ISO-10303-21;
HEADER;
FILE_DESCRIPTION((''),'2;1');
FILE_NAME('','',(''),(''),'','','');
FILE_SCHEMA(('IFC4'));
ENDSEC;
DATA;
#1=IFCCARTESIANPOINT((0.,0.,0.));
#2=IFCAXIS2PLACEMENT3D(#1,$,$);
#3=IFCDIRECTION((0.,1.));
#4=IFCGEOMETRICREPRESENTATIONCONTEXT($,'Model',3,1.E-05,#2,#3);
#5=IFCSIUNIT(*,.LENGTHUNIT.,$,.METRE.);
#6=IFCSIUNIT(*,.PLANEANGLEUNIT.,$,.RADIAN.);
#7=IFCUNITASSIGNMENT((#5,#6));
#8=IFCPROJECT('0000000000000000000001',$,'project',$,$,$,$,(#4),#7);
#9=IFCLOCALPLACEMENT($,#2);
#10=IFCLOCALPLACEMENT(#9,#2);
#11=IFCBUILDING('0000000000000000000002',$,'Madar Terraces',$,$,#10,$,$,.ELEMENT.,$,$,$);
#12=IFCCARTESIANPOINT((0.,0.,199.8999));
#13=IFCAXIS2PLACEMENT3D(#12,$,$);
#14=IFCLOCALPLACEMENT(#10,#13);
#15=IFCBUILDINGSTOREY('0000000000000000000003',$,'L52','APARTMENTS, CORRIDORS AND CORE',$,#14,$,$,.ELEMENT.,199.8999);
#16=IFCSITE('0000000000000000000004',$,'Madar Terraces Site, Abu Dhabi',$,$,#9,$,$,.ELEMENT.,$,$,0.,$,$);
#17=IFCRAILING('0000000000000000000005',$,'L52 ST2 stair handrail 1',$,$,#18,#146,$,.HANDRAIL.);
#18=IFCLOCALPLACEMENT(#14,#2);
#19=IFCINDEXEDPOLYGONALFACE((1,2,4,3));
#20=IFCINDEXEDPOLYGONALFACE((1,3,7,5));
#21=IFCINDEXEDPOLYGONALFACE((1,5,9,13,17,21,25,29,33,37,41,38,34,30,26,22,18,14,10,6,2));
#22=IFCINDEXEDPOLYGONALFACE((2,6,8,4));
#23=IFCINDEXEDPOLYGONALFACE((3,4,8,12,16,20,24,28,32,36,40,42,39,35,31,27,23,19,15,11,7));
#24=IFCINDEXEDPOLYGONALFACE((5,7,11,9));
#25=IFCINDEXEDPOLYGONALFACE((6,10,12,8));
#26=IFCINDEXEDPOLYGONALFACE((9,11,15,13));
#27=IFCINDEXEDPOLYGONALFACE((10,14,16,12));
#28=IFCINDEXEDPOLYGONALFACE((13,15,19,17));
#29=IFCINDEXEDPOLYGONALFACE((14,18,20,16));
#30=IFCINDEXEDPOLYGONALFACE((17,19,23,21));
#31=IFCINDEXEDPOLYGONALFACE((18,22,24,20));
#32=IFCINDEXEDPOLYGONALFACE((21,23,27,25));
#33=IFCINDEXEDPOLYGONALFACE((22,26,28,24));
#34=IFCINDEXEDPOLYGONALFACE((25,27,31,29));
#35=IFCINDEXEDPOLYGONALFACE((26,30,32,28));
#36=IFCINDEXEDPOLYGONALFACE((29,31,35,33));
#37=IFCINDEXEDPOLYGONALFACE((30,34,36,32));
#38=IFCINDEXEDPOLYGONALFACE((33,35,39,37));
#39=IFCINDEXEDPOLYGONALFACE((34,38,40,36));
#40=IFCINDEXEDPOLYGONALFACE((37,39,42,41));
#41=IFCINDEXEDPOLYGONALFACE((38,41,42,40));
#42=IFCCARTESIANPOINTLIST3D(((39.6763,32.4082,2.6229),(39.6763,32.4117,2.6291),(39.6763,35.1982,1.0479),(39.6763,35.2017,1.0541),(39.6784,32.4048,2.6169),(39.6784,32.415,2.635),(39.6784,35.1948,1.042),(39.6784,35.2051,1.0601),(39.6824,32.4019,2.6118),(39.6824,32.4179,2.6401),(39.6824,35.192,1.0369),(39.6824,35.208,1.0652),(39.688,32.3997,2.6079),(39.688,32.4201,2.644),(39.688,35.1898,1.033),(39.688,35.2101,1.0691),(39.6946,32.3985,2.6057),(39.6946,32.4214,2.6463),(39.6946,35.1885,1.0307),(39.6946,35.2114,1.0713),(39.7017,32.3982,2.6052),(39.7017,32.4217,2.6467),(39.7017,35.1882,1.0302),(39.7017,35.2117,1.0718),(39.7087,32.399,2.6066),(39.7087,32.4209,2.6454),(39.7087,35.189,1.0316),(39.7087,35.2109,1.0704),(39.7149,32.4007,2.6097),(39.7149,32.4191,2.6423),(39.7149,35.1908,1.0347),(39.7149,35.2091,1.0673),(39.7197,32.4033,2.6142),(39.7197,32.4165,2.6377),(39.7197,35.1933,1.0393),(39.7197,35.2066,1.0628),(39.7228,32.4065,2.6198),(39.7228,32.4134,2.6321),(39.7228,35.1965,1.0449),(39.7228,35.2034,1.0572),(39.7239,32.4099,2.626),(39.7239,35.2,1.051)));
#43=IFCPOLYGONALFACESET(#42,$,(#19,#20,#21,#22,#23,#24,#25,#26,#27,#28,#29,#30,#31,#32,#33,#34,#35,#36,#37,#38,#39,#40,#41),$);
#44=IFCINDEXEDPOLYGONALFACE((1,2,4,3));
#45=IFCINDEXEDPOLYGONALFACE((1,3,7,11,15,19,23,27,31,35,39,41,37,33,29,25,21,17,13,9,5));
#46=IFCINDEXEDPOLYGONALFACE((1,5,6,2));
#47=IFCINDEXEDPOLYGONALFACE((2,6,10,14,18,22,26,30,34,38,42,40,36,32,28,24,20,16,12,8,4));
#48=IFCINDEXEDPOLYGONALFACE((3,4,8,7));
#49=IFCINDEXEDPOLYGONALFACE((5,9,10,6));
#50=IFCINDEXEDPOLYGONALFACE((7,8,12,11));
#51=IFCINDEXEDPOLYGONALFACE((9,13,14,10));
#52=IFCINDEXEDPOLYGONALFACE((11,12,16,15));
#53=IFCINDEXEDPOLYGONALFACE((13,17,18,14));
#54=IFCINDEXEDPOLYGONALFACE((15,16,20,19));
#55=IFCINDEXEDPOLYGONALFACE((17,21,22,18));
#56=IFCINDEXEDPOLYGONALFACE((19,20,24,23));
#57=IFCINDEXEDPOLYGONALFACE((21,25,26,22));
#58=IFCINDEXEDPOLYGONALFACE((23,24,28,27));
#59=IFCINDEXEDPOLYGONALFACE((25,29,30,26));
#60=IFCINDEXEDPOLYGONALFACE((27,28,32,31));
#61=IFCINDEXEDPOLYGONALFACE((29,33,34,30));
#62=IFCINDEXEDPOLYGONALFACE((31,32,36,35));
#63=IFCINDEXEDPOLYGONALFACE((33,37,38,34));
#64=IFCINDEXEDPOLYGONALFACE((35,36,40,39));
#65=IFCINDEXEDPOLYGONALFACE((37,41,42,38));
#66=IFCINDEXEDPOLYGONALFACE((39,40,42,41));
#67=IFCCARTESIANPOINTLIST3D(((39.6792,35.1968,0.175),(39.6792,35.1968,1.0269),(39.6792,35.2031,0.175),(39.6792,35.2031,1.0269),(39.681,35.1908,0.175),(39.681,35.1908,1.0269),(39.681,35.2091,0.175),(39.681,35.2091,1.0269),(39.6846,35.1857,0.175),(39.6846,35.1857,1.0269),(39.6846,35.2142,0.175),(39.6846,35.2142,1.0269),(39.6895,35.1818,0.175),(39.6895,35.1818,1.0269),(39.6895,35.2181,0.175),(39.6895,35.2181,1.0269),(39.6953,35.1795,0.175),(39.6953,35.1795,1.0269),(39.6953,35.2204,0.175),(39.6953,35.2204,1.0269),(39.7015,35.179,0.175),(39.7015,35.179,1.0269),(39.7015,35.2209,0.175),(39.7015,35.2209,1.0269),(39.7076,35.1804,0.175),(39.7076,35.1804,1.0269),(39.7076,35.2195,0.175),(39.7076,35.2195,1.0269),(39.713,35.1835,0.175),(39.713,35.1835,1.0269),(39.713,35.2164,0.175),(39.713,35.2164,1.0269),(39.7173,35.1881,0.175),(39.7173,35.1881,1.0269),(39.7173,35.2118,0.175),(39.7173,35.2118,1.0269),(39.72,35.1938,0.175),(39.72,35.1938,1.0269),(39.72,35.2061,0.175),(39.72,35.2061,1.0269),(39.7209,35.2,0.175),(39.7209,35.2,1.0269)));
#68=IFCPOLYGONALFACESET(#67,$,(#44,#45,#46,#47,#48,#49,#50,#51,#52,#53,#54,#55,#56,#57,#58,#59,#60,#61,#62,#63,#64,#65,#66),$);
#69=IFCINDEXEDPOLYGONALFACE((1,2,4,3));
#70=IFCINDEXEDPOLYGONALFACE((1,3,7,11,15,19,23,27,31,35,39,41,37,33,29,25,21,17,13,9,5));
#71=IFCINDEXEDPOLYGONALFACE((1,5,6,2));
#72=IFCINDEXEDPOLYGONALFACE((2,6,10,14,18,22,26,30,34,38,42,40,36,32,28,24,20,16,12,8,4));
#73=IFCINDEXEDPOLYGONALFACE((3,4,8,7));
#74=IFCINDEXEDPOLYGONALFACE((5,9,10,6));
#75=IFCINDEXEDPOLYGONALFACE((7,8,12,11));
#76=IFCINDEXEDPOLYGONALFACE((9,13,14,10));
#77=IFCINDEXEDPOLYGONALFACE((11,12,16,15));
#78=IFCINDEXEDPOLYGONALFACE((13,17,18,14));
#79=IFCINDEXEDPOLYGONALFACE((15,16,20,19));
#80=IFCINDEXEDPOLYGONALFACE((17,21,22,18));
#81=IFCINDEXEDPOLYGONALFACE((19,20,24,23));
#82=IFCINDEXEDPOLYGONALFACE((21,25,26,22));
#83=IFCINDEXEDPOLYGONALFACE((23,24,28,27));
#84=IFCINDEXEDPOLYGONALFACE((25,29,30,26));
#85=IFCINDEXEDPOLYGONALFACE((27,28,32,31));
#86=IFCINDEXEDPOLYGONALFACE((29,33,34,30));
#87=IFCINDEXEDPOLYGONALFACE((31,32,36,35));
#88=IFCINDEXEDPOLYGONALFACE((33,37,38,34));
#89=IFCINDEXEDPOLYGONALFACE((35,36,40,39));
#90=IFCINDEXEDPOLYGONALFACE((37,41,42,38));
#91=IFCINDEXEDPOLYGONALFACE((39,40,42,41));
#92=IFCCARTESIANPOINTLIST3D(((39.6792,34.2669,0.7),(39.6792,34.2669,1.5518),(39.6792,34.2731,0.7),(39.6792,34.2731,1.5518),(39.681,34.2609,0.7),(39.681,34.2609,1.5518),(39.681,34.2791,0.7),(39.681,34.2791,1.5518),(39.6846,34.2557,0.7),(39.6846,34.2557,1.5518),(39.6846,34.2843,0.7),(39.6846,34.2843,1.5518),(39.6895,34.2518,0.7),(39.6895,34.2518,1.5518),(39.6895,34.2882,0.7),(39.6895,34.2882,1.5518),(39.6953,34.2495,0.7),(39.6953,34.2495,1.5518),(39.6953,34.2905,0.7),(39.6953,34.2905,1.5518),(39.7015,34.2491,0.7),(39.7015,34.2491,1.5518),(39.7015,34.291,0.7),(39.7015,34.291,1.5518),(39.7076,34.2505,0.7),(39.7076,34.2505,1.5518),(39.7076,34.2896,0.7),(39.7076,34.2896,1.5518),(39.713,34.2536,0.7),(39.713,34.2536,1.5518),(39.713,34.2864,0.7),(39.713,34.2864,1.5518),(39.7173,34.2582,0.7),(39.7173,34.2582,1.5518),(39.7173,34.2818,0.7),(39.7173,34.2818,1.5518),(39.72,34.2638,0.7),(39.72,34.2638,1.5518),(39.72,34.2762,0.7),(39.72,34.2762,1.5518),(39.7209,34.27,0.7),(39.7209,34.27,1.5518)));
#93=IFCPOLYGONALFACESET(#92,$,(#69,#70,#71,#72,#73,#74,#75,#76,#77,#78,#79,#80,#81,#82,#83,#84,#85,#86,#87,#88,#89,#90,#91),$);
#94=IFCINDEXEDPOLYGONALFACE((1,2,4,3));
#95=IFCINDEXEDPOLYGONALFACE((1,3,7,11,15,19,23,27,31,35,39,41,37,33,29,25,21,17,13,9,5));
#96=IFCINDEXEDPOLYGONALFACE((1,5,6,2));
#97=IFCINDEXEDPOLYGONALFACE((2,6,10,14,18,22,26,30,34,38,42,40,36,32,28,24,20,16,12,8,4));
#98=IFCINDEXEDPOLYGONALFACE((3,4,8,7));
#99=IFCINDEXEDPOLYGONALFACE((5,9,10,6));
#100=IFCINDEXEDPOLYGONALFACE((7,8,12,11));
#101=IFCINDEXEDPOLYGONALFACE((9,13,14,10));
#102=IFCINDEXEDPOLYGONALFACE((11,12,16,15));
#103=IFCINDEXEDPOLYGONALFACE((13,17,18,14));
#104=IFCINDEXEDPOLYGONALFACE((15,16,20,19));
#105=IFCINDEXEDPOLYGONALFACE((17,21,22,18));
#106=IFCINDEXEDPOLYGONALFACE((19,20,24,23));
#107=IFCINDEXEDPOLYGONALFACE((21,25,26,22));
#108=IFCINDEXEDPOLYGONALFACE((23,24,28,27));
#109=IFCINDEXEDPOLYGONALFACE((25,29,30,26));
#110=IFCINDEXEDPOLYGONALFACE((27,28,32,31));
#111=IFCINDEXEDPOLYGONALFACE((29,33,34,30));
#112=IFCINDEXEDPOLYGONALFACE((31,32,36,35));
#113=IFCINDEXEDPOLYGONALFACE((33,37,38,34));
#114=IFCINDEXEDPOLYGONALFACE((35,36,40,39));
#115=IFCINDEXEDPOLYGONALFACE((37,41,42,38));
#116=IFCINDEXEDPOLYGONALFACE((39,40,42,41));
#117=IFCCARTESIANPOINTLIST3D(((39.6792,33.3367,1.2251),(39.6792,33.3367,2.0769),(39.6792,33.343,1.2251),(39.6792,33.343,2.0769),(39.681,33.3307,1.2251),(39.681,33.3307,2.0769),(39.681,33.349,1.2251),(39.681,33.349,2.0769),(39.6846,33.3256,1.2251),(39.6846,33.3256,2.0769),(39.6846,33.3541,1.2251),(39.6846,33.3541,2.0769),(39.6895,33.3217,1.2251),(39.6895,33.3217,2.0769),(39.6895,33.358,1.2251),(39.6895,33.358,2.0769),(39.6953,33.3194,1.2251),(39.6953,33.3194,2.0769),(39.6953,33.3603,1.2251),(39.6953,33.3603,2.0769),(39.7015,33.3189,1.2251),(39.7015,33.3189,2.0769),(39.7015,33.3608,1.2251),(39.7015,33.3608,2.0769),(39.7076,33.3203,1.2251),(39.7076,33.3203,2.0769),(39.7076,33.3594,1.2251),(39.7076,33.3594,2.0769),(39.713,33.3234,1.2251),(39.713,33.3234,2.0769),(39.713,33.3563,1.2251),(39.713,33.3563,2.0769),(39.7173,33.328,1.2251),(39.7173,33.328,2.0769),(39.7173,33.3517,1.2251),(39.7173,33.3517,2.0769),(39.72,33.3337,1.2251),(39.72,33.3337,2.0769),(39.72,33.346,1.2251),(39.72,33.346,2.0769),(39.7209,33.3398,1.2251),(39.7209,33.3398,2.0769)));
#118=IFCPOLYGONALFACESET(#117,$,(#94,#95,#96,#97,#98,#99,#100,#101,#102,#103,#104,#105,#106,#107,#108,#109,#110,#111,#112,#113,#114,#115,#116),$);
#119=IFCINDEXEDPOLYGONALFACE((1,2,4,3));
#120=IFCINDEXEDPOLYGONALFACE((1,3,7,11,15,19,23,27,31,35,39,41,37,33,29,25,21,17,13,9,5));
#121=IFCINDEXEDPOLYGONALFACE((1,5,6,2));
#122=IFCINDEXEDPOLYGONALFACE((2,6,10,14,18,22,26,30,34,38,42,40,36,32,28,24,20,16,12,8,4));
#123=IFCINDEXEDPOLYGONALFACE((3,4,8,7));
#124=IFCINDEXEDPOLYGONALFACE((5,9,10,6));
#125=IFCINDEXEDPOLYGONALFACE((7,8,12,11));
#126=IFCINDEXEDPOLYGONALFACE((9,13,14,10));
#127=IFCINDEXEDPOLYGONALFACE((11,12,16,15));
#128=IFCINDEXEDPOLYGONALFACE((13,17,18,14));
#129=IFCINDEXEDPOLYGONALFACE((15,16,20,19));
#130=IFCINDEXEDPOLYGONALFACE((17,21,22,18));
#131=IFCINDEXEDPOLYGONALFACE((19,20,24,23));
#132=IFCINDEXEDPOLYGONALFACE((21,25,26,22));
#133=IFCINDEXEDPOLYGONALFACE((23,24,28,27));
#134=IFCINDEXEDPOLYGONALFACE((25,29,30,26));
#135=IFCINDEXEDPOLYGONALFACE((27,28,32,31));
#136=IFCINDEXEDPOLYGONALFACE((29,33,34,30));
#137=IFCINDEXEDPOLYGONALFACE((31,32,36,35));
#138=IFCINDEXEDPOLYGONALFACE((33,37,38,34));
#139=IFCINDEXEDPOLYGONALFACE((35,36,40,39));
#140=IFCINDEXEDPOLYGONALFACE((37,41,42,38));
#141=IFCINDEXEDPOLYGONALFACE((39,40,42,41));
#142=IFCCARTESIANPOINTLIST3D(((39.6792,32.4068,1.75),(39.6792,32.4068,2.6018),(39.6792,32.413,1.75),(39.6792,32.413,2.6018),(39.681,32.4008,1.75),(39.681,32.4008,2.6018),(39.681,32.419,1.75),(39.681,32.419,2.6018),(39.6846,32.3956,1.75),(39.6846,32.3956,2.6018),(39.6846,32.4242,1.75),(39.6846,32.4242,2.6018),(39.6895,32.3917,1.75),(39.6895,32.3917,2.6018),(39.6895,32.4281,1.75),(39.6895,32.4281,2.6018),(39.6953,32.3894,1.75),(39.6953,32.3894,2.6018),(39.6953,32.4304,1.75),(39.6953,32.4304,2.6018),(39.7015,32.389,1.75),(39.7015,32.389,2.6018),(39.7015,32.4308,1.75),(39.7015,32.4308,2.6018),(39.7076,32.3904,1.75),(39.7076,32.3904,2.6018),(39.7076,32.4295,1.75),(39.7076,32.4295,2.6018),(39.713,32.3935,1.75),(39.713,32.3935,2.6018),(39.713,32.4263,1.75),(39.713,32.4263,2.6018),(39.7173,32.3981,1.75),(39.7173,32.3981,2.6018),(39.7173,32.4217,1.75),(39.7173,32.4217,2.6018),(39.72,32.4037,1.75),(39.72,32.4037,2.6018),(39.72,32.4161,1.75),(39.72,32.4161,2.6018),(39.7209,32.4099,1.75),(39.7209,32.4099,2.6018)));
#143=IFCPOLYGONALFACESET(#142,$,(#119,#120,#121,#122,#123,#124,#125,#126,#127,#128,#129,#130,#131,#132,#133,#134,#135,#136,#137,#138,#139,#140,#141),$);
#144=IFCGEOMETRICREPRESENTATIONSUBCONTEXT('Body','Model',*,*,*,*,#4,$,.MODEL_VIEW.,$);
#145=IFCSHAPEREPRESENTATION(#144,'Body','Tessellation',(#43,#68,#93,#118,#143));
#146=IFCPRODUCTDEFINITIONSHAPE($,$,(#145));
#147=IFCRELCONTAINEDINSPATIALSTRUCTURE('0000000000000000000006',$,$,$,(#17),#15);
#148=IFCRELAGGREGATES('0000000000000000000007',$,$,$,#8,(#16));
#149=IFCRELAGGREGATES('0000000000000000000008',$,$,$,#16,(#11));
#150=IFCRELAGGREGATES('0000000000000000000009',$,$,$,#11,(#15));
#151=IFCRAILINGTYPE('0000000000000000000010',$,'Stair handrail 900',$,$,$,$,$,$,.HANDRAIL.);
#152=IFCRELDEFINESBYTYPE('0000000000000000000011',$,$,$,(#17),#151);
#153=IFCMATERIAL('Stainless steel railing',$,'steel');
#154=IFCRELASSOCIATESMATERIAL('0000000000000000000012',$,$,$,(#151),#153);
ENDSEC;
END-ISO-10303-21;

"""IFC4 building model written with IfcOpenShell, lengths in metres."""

from ifc_helpers import new_model, si_unit, direction, frame, origin, origin_2d, place, context, subcontext, project, spatial, circle, extrude, material, type_object, element, save


model = new_model("IFC4")

# Units and contexts
model_context = context("Model", 3, precision=1e-05, world=origin(), true_north=direction((0.0, 1.0)))
body_context = subcontext(model_context, "Body", "Model", "MODEL_VIEW")
ifc_project = project(units=[si_unit("LENGTHUNIT", "METRE"), si_unit("PLANEANGLEUNIT", "RADIAN")], contexts=[model_context])

# Site, building, storey
site_placement = place(None, origin())
site = spatial("IfcSite", under=ifc_project, at=site_placement, Name="Madar Terraces Site, Abu Dhabi", CompositionType="ELEMENT", RefElevation=0.0)
building_placement = place(site_placement, origin())
building = spatial("IfcBuilding", under=site, at=building_placement, Name="Madar Terraces", CompositionType="ELEMENT")
storey_placement = place(building_placement, frame((0.0, 0.0, 199.8999)))
storey = spatial("IfcBuildingStorey", under=building, at=storey_placement, Name="L52", Description="APARTMENTS, CORRIDORS AND CORE", CompositionType="ELEMENT", Elevation=199.8999)

# Railing
ifc_material_1 = material(Name="Stainless steel railing", Category="steel")
railing_type_1 = type_object("IfcRailingType", Name="Stair handrail 900", PredefinedType="HANDRAIL", material=ifc_material_1)
railing_1_placement = place(storey_placement, frame((39.7, 35.2, 0.175)))
element("IfcRailing", 1, at=railing_1_placement, inside=storey, type_object=railing_type_1, Name="L52 ST2 stair handrail 1", PredefinedType="HANDRAIL", context=body_context, shape_type="SweptSolid", body=[
    extrude(circle(Radius=0.0239, at=origin_2d()), frame((0.0, 0.0, 0.876), z_axis=(0.0, -0.870834, 0.491578), x_axis=(1.0, 0.0, 0.0)), (0.0, 0.0, 1.0), 3.2039),
    extrude(circle(Radius=0.021, at=origin_2d()), origin(), (0.0, 0.0, 1.0), 0.8518),
    extrude(circle(Radius=0.021, at=origin_2d()), frame((0.0, -0.9299, 0.5249)), (0.0, 0.0, 1.0), 0.8518),
    extrude(circle(Radius=0.021, at=origin_2d()), frame((0.0, -1.8601, 1.05)), (0.0, 0.0, 1.0), 0.8518),
    extrude(circle(Radius=0.021, at=origin_2d()), frame((0.0, -2.79, 1.575)), (0.0, 0.0, 1.0), 0.8518),
])

save(model, "model.ifc")
